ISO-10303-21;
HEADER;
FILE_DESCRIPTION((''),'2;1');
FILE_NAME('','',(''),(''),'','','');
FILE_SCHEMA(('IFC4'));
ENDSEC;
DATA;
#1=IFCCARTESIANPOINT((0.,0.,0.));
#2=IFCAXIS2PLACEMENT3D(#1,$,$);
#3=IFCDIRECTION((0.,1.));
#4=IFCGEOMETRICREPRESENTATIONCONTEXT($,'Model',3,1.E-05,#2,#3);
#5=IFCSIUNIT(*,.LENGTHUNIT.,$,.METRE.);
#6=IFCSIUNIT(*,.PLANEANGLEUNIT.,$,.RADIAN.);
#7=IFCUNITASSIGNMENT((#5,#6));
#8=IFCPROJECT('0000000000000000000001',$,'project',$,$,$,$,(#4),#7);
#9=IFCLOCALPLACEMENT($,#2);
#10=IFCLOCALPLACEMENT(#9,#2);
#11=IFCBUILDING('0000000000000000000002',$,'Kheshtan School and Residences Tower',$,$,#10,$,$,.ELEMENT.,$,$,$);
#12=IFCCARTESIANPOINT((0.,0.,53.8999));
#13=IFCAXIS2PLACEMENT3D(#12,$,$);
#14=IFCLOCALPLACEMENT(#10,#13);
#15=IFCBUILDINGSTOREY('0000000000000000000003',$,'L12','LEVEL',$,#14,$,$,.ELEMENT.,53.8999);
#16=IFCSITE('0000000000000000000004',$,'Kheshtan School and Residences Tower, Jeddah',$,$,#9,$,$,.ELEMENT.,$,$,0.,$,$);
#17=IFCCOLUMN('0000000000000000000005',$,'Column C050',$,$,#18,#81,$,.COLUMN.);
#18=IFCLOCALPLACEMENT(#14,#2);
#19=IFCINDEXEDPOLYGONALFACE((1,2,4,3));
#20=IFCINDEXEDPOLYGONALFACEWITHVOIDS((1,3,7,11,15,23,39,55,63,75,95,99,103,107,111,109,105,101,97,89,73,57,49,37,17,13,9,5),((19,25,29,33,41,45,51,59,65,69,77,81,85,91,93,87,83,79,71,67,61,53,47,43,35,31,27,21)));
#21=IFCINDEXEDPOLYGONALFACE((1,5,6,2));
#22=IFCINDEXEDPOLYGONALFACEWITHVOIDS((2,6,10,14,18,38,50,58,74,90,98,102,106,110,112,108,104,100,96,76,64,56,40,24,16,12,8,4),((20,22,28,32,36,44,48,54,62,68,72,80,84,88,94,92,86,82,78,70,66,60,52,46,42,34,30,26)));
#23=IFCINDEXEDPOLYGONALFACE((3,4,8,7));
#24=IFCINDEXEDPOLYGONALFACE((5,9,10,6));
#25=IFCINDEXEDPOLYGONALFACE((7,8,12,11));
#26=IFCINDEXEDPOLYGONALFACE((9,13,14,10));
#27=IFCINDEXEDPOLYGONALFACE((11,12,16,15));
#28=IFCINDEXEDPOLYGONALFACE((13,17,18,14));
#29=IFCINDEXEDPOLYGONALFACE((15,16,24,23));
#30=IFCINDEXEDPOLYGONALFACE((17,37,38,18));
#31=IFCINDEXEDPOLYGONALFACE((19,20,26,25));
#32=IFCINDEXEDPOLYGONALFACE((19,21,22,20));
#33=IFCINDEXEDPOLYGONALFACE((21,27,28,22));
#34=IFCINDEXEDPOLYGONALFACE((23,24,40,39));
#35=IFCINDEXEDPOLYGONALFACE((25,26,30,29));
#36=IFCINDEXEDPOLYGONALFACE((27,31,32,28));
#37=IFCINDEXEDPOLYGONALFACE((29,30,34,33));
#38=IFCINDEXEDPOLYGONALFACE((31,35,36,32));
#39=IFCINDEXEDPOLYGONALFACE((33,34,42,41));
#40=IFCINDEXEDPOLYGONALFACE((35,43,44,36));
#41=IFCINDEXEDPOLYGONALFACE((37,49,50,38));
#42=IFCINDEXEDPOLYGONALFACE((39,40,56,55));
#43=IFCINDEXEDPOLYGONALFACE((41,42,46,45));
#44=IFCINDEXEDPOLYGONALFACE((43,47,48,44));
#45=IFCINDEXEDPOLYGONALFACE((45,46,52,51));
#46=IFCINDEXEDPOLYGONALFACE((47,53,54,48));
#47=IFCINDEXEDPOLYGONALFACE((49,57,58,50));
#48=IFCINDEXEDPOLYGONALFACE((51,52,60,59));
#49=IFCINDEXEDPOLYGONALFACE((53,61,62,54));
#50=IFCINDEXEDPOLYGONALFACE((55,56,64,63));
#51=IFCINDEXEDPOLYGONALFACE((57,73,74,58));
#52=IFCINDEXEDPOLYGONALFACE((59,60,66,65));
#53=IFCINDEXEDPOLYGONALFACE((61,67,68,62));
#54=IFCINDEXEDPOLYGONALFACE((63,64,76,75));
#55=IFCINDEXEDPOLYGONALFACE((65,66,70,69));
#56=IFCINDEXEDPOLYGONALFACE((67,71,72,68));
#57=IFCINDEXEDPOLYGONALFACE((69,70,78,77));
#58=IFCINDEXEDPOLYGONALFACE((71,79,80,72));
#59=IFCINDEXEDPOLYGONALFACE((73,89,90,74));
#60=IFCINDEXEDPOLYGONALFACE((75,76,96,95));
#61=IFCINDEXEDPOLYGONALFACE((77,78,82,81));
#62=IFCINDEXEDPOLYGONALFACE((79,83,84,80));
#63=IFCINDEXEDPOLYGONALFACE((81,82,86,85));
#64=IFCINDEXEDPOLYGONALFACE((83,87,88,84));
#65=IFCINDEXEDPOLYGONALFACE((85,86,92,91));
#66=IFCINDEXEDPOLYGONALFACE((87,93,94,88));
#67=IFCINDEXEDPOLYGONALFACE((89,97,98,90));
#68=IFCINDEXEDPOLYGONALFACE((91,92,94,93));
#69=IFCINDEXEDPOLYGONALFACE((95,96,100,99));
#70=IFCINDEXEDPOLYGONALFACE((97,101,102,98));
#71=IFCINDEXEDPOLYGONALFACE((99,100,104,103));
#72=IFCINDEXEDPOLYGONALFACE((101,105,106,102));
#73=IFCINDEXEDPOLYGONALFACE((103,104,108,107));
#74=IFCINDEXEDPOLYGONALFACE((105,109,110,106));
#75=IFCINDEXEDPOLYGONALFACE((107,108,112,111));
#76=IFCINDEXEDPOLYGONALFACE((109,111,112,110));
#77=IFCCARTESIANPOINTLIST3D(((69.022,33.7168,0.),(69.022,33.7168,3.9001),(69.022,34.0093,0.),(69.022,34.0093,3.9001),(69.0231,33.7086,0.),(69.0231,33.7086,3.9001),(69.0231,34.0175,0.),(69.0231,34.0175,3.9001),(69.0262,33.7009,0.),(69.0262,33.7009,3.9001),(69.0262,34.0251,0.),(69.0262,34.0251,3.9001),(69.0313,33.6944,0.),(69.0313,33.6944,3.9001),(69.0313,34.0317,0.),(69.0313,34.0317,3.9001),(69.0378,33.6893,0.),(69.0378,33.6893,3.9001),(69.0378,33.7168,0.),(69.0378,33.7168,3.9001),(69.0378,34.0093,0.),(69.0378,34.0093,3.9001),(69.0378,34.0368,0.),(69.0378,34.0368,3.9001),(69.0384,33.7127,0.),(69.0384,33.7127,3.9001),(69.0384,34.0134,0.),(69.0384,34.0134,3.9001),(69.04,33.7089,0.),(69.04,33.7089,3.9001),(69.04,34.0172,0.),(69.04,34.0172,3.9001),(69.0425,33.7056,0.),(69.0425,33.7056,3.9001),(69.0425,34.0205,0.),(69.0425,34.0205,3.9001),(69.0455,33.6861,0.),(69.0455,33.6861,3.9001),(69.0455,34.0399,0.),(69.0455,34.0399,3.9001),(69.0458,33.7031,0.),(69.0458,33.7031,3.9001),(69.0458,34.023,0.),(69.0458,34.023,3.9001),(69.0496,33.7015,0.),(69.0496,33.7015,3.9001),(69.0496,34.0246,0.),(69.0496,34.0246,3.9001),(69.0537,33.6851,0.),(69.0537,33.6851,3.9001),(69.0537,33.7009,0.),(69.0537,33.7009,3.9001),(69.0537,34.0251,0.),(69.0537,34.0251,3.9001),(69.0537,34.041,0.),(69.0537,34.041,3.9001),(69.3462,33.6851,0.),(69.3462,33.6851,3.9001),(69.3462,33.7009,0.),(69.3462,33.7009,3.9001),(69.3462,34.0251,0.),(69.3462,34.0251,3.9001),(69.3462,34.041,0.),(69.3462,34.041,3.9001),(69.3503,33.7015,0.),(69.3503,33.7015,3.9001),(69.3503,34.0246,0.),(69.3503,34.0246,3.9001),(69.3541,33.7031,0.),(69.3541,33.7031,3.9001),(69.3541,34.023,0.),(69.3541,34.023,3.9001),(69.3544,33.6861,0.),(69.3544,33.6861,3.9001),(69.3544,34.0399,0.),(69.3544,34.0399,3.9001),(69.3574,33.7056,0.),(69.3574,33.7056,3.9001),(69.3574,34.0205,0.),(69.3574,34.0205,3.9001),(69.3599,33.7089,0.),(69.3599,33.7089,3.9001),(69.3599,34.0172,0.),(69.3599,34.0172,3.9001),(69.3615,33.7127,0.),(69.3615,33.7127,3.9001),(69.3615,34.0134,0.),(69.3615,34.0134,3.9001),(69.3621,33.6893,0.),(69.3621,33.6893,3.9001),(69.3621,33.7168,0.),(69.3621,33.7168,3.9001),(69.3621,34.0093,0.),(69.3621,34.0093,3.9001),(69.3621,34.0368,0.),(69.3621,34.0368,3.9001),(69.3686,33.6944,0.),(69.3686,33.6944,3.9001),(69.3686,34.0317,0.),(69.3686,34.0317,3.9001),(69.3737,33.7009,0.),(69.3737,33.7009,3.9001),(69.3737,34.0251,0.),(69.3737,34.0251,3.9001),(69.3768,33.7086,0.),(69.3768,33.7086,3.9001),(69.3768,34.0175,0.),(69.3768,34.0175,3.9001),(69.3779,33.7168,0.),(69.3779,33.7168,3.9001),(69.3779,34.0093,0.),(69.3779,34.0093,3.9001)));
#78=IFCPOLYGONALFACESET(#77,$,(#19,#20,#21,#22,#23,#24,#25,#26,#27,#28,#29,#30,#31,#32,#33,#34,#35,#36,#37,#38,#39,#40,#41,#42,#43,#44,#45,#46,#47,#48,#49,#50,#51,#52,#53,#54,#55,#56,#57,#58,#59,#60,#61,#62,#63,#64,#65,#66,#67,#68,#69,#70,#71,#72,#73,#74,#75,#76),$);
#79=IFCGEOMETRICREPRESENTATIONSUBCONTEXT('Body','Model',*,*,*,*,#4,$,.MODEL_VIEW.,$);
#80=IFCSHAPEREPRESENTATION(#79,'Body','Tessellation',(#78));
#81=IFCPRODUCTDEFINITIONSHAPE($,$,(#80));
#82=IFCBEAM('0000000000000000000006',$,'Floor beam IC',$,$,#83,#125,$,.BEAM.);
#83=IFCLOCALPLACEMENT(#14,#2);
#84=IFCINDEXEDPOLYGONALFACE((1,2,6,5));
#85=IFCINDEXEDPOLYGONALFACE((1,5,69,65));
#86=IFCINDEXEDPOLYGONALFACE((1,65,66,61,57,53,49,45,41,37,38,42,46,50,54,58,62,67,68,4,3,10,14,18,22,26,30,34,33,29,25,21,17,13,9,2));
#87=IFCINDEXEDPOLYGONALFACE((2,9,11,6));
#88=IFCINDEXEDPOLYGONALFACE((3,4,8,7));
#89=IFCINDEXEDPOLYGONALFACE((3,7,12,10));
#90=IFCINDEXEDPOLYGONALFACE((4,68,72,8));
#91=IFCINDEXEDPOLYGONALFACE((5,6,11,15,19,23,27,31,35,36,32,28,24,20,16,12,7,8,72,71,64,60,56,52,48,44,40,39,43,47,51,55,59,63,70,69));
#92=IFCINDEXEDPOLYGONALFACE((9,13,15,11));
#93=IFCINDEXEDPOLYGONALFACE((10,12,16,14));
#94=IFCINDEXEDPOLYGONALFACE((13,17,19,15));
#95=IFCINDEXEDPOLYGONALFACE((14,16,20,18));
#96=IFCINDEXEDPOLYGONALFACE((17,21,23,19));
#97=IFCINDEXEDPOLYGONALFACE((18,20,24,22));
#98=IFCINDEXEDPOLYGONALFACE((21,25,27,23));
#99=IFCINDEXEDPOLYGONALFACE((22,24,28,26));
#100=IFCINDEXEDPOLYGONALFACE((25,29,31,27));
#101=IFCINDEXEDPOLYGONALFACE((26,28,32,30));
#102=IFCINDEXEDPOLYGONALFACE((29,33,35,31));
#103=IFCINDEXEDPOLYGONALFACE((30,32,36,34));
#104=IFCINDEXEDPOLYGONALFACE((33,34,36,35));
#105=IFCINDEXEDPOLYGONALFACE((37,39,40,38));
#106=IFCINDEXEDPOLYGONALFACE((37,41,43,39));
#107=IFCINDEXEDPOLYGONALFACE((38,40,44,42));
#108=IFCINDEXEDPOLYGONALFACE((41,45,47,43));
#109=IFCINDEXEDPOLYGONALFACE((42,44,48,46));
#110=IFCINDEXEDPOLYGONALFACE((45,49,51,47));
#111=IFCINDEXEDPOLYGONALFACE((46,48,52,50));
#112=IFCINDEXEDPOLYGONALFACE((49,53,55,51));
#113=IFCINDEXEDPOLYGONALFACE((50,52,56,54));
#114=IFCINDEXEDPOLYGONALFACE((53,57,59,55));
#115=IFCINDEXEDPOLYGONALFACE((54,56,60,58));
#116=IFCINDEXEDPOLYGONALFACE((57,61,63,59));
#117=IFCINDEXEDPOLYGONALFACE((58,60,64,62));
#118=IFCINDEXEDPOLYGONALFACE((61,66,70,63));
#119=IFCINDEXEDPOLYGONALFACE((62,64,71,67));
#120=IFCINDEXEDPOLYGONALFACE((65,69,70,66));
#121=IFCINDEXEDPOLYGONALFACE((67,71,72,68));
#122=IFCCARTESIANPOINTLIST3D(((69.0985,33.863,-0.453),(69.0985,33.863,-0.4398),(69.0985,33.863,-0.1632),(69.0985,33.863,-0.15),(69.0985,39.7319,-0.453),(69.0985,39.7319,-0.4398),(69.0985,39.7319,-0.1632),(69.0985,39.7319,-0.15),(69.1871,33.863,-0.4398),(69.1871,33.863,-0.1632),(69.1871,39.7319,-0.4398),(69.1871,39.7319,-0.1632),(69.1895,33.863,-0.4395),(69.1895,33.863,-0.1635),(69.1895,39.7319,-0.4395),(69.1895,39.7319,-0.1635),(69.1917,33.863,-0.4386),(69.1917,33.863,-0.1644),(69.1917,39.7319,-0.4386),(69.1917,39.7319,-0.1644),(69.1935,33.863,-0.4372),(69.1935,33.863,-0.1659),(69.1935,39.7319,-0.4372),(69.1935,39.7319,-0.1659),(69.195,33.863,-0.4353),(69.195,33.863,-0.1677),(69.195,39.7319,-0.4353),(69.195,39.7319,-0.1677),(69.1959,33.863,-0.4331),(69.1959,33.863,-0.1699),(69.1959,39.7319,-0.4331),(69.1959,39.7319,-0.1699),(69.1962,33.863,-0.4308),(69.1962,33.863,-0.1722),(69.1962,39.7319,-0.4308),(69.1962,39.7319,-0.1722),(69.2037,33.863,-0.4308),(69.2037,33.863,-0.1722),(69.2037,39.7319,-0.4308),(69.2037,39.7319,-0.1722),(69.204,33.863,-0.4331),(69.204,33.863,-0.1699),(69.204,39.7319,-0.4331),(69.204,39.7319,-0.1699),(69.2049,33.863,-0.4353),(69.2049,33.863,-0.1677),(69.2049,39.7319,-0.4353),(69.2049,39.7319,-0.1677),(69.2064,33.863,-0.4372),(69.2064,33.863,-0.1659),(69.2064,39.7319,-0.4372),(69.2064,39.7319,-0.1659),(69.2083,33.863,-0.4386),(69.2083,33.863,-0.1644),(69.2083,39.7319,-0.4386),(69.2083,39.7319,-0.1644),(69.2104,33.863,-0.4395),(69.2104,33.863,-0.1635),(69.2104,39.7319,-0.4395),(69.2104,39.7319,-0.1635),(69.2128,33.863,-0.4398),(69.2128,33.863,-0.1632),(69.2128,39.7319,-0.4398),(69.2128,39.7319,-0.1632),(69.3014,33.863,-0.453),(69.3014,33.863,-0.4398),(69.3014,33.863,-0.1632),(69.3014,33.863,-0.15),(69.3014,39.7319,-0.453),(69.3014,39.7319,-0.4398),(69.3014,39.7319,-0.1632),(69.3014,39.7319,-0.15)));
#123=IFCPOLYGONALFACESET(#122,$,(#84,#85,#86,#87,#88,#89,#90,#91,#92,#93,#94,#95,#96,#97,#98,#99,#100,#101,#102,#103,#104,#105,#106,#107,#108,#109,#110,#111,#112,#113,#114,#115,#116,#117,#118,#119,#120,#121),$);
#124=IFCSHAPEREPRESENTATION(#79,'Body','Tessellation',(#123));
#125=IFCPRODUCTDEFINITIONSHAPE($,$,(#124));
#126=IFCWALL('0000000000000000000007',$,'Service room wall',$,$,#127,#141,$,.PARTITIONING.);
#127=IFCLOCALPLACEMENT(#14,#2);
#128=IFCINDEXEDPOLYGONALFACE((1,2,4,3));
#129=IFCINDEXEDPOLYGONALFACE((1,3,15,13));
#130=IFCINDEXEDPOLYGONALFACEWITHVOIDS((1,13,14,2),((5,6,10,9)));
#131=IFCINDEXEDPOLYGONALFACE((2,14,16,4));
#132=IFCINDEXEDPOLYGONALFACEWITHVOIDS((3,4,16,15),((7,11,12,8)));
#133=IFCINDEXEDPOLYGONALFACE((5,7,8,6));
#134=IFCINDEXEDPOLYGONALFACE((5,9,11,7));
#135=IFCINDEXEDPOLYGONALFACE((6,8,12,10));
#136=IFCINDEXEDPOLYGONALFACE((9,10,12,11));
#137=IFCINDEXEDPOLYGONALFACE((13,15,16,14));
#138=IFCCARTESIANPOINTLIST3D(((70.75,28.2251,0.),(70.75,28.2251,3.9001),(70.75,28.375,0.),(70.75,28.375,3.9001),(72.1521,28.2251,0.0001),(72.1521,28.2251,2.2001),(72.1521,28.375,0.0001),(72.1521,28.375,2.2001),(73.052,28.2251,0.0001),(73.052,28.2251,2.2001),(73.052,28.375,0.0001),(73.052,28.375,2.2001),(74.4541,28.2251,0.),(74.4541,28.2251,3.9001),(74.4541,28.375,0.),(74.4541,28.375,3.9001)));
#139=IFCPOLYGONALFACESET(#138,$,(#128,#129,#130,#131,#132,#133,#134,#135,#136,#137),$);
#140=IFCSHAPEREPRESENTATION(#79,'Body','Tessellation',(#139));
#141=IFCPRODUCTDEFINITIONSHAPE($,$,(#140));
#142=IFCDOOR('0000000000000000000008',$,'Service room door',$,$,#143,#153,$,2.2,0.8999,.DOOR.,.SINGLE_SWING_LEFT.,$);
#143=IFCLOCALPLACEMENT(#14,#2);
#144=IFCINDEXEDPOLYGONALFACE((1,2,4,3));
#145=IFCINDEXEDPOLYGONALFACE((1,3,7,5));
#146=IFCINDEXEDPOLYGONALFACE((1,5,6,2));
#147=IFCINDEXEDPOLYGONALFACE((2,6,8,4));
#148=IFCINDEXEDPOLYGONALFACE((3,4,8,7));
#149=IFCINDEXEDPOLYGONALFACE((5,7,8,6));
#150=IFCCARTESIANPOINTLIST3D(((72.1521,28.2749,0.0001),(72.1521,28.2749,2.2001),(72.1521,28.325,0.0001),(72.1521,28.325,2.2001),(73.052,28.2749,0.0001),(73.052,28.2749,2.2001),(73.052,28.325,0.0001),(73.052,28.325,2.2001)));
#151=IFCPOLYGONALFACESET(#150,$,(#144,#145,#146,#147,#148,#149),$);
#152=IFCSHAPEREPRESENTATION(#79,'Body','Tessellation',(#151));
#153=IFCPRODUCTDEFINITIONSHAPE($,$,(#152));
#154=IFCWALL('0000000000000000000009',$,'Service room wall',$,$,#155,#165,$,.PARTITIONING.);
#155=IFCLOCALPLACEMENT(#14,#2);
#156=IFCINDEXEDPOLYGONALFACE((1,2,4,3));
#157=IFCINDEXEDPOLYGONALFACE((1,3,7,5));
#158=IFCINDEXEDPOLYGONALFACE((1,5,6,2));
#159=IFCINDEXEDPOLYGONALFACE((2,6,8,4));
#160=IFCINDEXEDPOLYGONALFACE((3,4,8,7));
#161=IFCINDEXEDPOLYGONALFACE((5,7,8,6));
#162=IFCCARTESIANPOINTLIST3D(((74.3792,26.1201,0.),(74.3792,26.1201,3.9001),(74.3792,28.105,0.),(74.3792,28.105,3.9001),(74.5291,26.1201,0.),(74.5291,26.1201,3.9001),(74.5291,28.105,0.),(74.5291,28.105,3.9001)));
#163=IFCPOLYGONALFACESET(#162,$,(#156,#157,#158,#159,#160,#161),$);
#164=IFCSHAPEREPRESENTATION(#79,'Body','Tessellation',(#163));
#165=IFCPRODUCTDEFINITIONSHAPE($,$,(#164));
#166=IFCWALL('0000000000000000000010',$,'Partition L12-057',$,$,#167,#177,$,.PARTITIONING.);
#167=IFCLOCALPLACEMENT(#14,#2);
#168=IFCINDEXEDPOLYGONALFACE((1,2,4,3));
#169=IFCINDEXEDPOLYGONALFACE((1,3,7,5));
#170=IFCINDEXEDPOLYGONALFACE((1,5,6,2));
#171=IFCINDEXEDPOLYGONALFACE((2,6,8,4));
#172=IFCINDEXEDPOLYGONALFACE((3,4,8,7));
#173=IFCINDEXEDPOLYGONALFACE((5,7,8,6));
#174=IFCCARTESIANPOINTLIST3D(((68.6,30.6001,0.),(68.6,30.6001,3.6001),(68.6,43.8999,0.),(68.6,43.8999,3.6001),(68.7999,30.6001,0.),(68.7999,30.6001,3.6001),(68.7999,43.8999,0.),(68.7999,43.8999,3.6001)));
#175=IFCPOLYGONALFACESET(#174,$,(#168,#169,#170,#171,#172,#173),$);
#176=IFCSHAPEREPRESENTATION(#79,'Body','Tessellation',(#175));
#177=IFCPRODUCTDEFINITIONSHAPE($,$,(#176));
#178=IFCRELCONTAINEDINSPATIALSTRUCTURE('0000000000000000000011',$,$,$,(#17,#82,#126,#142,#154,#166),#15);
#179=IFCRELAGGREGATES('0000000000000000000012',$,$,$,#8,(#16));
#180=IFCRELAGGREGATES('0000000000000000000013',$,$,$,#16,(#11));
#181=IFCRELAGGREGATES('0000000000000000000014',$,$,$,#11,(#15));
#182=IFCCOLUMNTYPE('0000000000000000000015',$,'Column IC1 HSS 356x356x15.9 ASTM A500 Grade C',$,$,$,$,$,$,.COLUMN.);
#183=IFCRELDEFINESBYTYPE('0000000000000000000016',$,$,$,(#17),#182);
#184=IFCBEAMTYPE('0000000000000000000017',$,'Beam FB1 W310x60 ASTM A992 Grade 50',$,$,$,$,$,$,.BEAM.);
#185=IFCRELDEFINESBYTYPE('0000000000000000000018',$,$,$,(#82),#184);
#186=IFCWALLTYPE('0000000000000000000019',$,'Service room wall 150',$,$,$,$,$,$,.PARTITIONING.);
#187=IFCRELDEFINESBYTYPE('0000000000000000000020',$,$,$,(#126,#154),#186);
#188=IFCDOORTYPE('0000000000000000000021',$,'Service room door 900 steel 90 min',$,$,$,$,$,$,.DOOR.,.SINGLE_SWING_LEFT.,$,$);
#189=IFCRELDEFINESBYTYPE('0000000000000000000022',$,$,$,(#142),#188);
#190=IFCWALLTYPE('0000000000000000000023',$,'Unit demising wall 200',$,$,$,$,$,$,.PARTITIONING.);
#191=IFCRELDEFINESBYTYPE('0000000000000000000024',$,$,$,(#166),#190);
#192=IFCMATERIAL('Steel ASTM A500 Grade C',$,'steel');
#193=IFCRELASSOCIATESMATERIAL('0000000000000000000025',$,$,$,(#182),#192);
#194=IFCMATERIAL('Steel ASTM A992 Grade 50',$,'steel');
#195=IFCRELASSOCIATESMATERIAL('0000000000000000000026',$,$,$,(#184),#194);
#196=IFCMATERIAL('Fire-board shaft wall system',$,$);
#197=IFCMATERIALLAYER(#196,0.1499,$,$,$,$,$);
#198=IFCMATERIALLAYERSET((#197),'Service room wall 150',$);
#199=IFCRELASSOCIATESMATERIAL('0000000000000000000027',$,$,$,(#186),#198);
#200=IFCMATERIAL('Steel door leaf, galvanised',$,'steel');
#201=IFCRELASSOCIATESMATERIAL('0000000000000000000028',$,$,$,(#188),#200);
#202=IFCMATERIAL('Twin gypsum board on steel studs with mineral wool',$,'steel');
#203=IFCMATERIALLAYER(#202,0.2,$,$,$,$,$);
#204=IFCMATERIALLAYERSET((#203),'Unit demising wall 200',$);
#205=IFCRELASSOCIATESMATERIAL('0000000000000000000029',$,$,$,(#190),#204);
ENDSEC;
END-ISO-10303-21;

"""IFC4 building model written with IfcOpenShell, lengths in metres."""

from ifc_helpers import new_model, si_unit, direction, frame, frame_2d, origin, origin_2d, place, context, subcontext, project, spatial, rectangle, hollow_rectangle, i_section, extrude, source, transform, mapped, material, layer, layer_set, material_profile, profile_set, type_object, element, fill, save


model = new_model("IFC4")

# Units and contexts
model_context = context("Model", 3, precision=1e-05, world=origin(), true_north=direction((0.0, 1.0)))
body_context = subcontext(model_context, "Body", "Model", "MODEL_VIEW")
ifc_project = project(units=[si_unit("LENGTHUNIT", "METRE"), si_unit("PLANEANGLEUNIT", "RADIAN")], contexts=[model_context])

# Site, building, storey
site_placement = place(None, origin())
site = spatial("IfcSite", under=ifc_project, at=site_placement, Name="Kheshtan School and Residences Tower, Jeddah", CompositionType="ELEMENT", RefElevation=0.0)
building_placement = place(site_placement, origin())
building = spatial("IfcBuilding", under=site, at=building_placement, Name="Kheshtan School and Residences Tower", CompositionType="ELEMENT")
storey_placement = place(building_placement, frame((0.0, 0.0, 53.8999)))
storey = spatial("IfcBuildingStorey", under=building, at=storey_placement, Name="L12", Description="LEVEL", CompositionType="ELEMENT", Elevation=53.8999)

# Column
ifc_material_1 = material(Name="Steel ASTM A500 Grade C", Category="steel")
ifc_material_profile_1 = material_profile(ifc_material_1, hollow_rectangle(XDim=0.356, YDim=0.356, WallThickness=0.0159, InnerFilletRadius=0.0159, OuterFilletRadius=0.0317, at=origin_2d()), Name="HSS 356x356x15.9")
ifc_profile_set_1 = profile_set([ifc_material_profile_1], Name="Steel ASTM A500 Grade C")
column_type = type_object("IfcColumnType", Name="Column IC1 HSS 356x356x15.9 ASTM A500 Grade C", PredefinedType="COLUMN", material=ifc_profile_set_1)
column_placement = place(storey_placement, frame((69.2, 33.863, 0.0), z_axis=(0.0, 0.0, 1.0), x_axis=(1.0, 0.0, 0.0)))
element("IfcColumn", 1, at=column_placement, inside=storey, type_object=column_type, Name="Column C050", PredefinedType="COLUMN", context=body_context, shape_type="SweptSolid", body=[
    extrude(hollow_rectangle(XDim=0.356, YDim=0.356, WallThickness=0.0159, InnerFilletRadius=0.0159, OuterFilletRadius=0.0317, at=origin_2d()), origin(), (0.0, 0.0, 1.0), 3.9001),
])

# Beam
ifc_material_2 = material(Name="Steel ASTM A992 Grade 50", Category="steel")
ifc_material_profile_2 = material_profile(ifc_material_2, i_section(OverallWidth=0.2029, OverallDepth=0.303, WebThickness=0.0076, FlangeThickness=0.0132, FilletRadius=0.009, at=origin_2d()), Name="W310x60")
ifc_profile_set_2 = profile_set([ifc_material_profile_2], Name="Steel ASTM A992 Grade 50")
beam_type = type_object("IfcBeamType", Name="Beam FB1 W310x60 ASTM A992 Grade 50", PredefinedType="BEAM", material=ifc_profile_set_2)
beam_placement = place(storey_placement, frame((69.2, 33.863, -0.3015), z_axis=(0.0, 1.0, 0.0), x_axis=(-1.0, 0.0, 0.0)))
element("IfcBeam", 2, at=beam_placement, inside=storey, type_object=beam_type, Name="Floor beam IC", PredefinedType="BEAM", context=body_context, shape_type="SweptSolid", body=[
    extrude(i_section(OverallWidth=0.2029, OverallDepth=0.303, WebThickness=0.0076, FlangeThickness=0.0132, FilletRadius=0.009, at=origin_2d()), origin(), (0.0, 0.0, 1.0), 5.8689),
])

# Wall, opening, door
ifc_material_3 = material(Name="Fire-board shaft wall system")
ifc_layer_1 = layer(ifc_material_3, 0.1499)
ifc_layer_set_1 = layer_set([ifc_layer_1], Name="Service room wall 150")
wall_type_1 = type_object("IfcWallType", Name="Service room wall 150", PredefinedType="PARTITIONING", material=ifc_layer_set_1)
wall_1_placement = place(storey_placement, frame((70.75, 28.3, 0.0), z_axis=(0.0, 0.0, 1.0), x_axis=(1.0, 0.0, 0.0)))
wall_1 = element("IfcWall", 3, at=wall_1_placement, inside=storey, type_object=wall_type_1, Name="Service room wall", PredefinedType="PARTITIONING", context=body_context, shape_type="SweptSolid", body=[
    extrude(rectangle(XDim=3.7041, YDim=0.1499, at=frame_2d((1.8521, 0.0))), origin(), (0.0, 0.0, 1.0), 3.9001),
])
opening_1_placement = place(wall_1_placement, frame((1.4021, 0.0, 0.0)))
opening_1 = element("IfcOpeningElement", 4, at=opening_1_placement, cuts=wall_1, PredefinedType="OPENING", context=body_context, shape_type="SweptSolid", body=[
    extrude(rectangle(XDim=0.8999, YDim=2.2, at=frame_2d((0.45, 1.1001))), frame((0.0, 0.085, 0.0), z_axis=(0.0, -1.0, 0.0), x_axis=(1.0, 0.0, 0.0)), (0.0, 0.0, 1.0), 0.1699),
])
ifc_material_4 = material(Name="Steel door leaf, galvanised", Category="steel")
door_type_1 = type_object("IfcDoorType", Name="Service room door 900 steel 90 min", OperationType="SINGLE_SWING_LEFT", PredefinedType="DOOR", material=ifc_material_4)
shared_shape_1 = source(origin(), body_context, "Body", "SweptSolid", [
    extrude(rectangle(XDim=0.8999, YDim=2.2, at=frame_2d((0.45, 1.1001))), frame((0.0, 0.0249, 0.0), z_axis=(0.0, -1.0, 0.0), x_axis=(1.0, 0.0, 0.0)), (0.0, 0.0, 1.0), 0.05),
])
door_1_placement = place(opening_1_placement, origin())
door_1 = element("IfcDoor", 5, at=door_1_placement, inside=storey, type_object=door_type_1, Name="Service room door", OperationType="SINGLE_SWING_LEFT", OverallHeight=2.2, OverallWidth=0.8999, PredefinedType="DOOR", context=body_context, shape_type="MappedRepresentation", body=[
    mapped(shared_shape_1, transform((0.0, 0.0, 0.0), x_axis=(1.0, 0.0, 0.0), y_axis=(0.0, 1.0, 0.0), z_axis=(0.0, 0.0, 1.0), scale=1.0)),
])
fill(opening_1, door_1)

# Walls
wall_2_placement = place(storey_placement, frame((74.4541, 26.1201, 0.0), z_axis=(0.0, 0.0, 1.0), x_axis=(0.0, 1.0, 0.0)))
element("IfcWall", 6, at=wall_2_placement, inside=storey, type_object=wall_type_1, Name="Service room wall", PredefinedType="PARTITIONING", context=body_context, shape_type="SweptSolid", body=[
    extrude(rectangle(XDim=1.9849, YDim=0.1499, at=frame_2d((0.9924, 0.0))), origin(), (0.0, 0.0, 1.0), 3.9001),
])
ifc_material_5 = material(Name="Twin gypsum board on steel studs with mineral wool", Category="steel")
ifc_layer_2 = layer(ifc_material_5, 0.2)
ifc_layer_set_2 = layer_set([ifc_layer_2], Name="Unit demising wall 200")
wall_type_2 = type_object("IfcWallType", Name="Unit demising wall 200", PredefinedType="PARTITIONING", material=ifc_layer_set_2)
for number, where, z_axis, x_axis, name in (
    (7, (68.7, 30.6001, 0.0), (0.0, 0.0, 1.0), (0.0, 1.0, 0.0), "Partition L12-057"),
):
    element("IfcWall", number, at=place(storey_placement, frame(where, z_axis=z_axis, x_axis=x_axis)), inside=storey, type_object=wall_type_2, Name=name, PredefinedType="PARTITIONING", context=body_context, shape_type="SweptSolid", body=[
        extrude(rectangle(XDim=13.2998, YDim=0.2, at=frame_2d((6.6499, 0.0))), origin(), (0.0, 0.0, 1.0), 3.6001),
    ])

save(model, "model.ifc")
